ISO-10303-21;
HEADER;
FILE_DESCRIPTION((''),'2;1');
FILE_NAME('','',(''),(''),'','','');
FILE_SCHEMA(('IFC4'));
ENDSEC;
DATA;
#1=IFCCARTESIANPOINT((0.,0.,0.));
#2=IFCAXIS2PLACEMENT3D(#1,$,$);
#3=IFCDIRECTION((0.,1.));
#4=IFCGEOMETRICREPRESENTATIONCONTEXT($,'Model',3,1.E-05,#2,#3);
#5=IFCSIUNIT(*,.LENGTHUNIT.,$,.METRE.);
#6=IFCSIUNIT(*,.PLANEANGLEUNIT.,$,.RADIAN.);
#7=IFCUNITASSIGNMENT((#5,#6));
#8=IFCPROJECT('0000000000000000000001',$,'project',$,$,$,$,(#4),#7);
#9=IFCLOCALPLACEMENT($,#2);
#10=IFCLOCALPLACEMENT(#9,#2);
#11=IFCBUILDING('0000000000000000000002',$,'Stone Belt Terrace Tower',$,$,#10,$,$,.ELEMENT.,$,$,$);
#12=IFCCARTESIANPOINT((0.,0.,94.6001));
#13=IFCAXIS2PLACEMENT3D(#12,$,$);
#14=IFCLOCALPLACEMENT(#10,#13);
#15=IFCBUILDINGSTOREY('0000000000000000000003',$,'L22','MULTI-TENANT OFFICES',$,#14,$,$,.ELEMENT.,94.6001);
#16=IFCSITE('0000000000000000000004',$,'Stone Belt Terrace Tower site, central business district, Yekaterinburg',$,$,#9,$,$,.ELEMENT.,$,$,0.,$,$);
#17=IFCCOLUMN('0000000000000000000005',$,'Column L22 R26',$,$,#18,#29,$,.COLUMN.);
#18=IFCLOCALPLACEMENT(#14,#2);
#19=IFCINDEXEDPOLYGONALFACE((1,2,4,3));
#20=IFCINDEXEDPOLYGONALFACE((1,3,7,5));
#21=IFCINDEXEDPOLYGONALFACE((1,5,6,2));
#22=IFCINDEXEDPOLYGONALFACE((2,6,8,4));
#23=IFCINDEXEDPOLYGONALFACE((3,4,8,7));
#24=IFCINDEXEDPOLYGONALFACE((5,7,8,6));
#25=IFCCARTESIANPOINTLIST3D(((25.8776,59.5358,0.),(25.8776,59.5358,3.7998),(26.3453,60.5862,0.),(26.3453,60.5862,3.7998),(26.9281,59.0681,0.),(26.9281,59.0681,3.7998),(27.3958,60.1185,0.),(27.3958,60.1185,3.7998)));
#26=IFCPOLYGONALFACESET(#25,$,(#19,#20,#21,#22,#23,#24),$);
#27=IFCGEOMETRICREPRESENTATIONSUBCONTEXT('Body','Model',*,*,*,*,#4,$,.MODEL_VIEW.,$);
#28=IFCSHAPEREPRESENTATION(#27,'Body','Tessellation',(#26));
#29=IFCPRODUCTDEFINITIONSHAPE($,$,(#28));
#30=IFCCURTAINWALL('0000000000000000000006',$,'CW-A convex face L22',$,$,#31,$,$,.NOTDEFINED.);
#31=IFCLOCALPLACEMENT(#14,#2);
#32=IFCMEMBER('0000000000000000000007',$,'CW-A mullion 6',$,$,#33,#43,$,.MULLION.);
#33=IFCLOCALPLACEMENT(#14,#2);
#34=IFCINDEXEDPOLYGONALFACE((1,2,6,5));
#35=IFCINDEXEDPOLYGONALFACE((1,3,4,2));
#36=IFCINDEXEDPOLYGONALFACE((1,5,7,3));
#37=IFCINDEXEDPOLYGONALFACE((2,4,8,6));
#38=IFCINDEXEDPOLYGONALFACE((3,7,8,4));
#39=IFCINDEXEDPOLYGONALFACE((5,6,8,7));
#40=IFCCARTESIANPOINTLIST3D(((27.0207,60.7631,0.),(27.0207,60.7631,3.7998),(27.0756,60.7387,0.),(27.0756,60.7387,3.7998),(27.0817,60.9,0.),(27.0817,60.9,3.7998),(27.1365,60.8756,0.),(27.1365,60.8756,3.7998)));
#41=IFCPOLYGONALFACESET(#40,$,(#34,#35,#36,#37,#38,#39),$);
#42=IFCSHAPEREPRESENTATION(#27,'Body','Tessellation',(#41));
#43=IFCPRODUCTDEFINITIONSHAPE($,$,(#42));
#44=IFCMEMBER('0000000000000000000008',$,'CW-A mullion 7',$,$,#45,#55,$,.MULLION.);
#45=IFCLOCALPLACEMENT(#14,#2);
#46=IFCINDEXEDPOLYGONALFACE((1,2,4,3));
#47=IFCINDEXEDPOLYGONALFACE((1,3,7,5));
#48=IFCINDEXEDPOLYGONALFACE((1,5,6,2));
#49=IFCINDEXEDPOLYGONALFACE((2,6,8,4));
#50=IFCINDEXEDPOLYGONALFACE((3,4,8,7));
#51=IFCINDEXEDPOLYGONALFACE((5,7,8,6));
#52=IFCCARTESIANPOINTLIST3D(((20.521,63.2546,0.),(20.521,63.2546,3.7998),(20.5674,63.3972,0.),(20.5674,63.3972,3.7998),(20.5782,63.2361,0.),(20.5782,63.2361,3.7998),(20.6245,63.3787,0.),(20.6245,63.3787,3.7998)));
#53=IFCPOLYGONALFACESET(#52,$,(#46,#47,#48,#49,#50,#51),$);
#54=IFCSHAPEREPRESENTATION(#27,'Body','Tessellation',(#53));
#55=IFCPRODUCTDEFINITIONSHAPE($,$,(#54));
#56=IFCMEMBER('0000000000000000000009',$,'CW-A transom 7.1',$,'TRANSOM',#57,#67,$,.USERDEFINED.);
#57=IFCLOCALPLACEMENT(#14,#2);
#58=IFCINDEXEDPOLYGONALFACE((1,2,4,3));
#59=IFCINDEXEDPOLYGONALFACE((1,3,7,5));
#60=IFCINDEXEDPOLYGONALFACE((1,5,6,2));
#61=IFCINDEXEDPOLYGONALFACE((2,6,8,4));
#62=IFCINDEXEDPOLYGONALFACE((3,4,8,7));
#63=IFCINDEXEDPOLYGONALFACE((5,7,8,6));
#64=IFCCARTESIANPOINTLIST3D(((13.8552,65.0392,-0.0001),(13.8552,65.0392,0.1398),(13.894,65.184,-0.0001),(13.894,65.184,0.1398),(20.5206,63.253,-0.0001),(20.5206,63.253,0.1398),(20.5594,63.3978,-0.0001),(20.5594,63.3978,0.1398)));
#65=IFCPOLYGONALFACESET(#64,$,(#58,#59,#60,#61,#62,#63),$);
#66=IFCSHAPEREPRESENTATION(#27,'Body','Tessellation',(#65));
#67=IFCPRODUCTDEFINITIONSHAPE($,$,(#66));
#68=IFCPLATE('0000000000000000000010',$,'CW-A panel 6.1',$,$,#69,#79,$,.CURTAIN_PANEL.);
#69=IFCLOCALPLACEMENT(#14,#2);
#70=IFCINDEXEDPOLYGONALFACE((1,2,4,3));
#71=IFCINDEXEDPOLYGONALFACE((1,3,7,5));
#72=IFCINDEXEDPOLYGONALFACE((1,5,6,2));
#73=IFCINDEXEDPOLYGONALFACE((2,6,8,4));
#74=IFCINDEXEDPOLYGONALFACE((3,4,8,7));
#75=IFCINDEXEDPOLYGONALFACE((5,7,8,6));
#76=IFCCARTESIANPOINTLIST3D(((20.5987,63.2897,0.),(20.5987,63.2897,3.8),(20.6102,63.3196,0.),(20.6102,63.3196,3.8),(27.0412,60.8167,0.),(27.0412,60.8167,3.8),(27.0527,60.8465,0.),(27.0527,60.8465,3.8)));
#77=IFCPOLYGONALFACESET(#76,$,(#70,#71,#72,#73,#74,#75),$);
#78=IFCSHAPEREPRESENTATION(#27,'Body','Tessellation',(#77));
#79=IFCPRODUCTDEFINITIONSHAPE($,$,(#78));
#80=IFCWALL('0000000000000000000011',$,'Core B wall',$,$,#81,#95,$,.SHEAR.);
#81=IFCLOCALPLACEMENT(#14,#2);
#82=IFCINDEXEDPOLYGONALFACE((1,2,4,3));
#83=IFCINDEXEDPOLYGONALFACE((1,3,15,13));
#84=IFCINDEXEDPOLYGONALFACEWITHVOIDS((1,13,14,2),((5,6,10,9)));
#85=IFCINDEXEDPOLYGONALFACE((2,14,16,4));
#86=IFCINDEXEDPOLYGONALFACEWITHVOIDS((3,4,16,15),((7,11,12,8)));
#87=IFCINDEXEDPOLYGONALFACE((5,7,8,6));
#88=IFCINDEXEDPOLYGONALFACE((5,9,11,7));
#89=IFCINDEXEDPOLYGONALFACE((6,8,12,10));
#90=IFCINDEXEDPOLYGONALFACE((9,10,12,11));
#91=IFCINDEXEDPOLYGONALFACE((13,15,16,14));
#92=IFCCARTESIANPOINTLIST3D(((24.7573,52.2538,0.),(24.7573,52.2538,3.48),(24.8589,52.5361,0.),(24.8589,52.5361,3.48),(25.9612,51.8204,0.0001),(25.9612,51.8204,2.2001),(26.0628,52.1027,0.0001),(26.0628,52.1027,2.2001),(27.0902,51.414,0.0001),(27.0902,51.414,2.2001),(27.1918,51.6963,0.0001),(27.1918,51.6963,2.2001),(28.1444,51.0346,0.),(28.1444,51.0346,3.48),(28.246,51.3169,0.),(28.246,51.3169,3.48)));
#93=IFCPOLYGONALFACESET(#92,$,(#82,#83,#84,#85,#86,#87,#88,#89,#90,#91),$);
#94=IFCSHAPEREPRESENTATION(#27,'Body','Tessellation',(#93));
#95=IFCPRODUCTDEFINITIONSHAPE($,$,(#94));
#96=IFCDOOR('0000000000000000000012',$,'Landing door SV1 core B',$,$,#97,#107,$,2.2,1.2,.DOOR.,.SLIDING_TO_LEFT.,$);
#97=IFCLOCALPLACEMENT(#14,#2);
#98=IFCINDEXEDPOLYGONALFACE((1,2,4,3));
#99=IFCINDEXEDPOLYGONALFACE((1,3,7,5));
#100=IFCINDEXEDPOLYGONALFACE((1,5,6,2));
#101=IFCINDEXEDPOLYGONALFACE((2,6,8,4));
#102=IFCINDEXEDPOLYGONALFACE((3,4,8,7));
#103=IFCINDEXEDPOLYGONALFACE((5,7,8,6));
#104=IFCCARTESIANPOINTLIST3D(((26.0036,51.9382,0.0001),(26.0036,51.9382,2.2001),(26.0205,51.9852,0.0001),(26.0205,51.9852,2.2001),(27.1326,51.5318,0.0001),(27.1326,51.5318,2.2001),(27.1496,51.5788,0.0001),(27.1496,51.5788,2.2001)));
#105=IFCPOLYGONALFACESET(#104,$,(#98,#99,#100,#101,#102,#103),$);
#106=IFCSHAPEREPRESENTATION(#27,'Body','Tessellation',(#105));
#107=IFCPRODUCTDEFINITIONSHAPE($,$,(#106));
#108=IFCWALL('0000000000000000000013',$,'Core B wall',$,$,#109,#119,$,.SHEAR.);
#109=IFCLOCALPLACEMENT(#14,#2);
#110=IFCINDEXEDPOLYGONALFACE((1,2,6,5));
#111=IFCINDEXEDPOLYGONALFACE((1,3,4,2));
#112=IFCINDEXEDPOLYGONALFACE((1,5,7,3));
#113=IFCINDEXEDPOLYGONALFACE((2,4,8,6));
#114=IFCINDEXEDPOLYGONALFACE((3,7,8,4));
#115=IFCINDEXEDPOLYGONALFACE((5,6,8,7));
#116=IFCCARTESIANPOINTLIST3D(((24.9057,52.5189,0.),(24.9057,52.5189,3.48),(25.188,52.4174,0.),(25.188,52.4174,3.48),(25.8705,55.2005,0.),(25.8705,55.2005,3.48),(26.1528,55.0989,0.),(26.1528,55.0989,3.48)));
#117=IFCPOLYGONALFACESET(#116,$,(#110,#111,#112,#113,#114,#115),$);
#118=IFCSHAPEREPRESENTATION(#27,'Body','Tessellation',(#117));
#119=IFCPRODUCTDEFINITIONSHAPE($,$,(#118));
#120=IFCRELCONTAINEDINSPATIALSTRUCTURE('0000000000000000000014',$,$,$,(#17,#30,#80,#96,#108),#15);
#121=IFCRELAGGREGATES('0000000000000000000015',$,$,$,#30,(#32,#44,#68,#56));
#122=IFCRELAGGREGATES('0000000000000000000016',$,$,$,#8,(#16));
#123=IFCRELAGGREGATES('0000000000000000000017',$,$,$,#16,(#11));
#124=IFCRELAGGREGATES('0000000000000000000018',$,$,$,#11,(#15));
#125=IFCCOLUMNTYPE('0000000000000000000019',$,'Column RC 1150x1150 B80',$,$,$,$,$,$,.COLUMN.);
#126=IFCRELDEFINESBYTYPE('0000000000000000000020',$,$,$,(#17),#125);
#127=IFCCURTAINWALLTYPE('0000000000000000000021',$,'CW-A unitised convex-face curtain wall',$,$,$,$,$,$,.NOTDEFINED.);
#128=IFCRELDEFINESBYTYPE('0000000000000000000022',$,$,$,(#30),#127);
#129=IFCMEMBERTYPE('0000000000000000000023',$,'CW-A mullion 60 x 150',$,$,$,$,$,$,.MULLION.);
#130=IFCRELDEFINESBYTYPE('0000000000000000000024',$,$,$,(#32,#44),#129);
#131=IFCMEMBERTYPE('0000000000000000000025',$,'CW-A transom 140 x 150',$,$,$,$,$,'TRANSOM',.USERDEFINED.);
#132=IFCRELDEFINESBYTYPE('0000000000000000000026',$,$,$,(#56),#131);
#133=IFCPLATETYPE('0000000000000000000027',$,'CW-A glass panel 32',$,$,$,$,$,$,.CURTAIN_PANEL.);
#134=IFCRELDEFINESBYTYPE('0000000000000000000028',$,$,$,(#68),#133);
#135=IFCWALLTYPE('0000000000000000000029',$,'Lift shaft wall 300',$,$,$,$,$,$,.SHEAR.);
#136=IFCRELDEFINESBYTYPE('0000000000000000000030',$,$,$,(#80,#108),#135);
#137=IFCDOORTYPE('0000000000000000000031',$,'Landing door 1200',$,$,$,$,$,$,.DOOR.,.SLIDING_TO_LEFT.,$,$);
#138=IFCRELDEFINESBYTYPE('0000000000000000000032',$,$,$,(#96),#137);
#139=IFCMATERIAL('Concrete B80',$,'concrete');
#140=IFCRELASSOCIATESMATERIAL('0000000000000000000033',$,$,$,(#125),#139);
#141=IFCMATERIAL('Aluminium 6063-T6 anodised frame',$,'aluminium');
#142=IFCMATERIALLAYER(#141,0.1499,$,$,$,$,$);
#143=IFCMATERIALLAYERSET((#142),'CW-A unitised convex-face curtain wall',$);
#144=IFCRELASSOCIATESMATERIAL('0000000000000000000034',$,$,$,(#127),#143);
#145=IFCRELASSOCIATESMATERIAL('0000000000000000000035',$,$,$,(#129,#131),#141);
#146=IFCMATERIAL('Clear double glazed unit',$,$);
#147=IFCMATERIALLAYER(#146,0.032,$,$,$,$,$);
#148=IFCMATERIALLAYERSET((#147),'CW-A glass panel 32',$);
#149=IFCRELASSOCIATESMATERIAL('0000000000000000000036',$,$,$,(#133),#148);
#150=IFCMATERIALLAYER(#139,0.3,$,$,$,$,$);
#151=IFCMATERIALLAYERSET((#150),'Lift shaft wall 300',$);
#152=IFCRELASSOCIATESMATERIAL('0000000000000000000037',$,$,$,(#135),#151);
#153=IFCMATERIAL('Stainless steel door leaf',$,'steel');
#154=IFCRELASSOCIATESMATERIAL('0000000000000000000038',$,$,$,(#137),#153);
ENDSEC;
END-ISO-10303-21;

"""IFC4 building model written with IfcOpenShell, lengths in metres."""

from ifc_helpers import new_model, si_unit, direction, frame, frame_2d, origin, origin_2d, place, context, subcontext, project, spatial, rectangle, extrude, material, layer, layer_set, material_profile, profile_set, type_object, element, fill, aggregate, save


model = new_model("IFC4")

# Units and contexts
model_context = context("Model", 3, precision=1e-05, world=origin(), true_north=direction((0.0, 1.0)))
body_context = subcontext(model_context, "Body", "Model", "MODEL_VIEW")
ifc_project = project(units=[si_unit("LENGTHUNIT", "METRE"), si_unit("PLANEANGLEUNIT", "RADIAN")], contexts=[model_context])

# Site, building, storey
site_placement = place(None, origin())
site = spatial("IfcSite", under=ifc_project, at=site_placement, Name="Stone Belt Terrace Tower site, central business district, Yekaterinburg", CompositionType="ELEMENT", RefElevation=0.0)
building_placement = place(site_placement, origin())
building = spatial("IfcBuilding", under=site, at=building_placement, Name="Stone Belt Terrace Tower", CompositionType="ELEMENT")
storey_placement = place(building_placement, frame((0.0, 0.0, 94.6001)))
storey = spatial("IfcBuildingStorey", under=building, at=storey_placement, Name="L22", Description="MULTI-TENANT OFFICES", CompositionType="ELEMENT", Elevation=94.6001)

# Column
ifc_material_1 = material(Name="Concrete B80", Category="concrete")
ifc_material_profile_1 = material_profile(ifc_material_1, rectangle(XDim=1.1499, YDim=1.1499, at=origin_2d()), Name="RC 1150x1150")
ifc_profile_set_1 = profile_set([ifc_material_profile_1], Name="Concrete B80")
column_type = type_object("IfcColumnType", Name="Column RC 1150x1150 B80", PredefinedType="COLUMN", material=ifc_profile_set_1)
column_placement = place(storey_placement, frame((26.6367, 59.8271, 0.0), z_axis=(0.0, 0.0, 1.0), x_axis=(0.913545, -0.406737, 0.0)))
element("IfcColumn", 1, at=column_placement, inside=storey, type_object=column_type, Name="Column L22 R26", PredefinedType="COLUMN", context=body_context, shape_type="SweptSolid", body=[
    extrude(rectangle(XDim=1.1499, YDim=1.1499, at=origin_2d()), origin(), (0.0, 0.0, 1.0), 3.7998),
])

# Curtain wall, members, plate
ifc_material_2 = material(Name="Aluminium 6063-T6 anodised frame", Category="aluminium")
ifc_layer_1 = layer(ifc_material_2, 0.1499)
ifc_layer_set_1 = layer_set([ifc_layer_1], Name="CW-A unitised convex-face curtain wall")
curtain_wall_type = type_object("IfcCurtainWallType", Name="CW-A unitised convex-face curtain wall", PredefinedType="NOTDEFINED", material=ifc_layer_set_1)
curtain_wall_placement = place(storey_placement, origin())
curtain_wall = element("IfcCurtainWall", 2, at=curtain_wall_placement, inside=storey, type_object=curtain_wall_type, Name="CW-A convex face L22", PredefinedType="NOTDEFINED")
ifc_material_profile_2 = material_profile(ifc_material_2, rectangle(XDim=0.1499, YDim=0.0601, at=origin_2d()), Name="Aluminium 6063-T6 60x150")
ifc_profile_set_2 = profile_set([ifc_material_profile_2], Name="Aluminium 6063-T6 anodised frame")
member_type_1 = type_object("IfcMemberType", Name="CW-A mullion 60 x 150", PredefinedType="MULLION", material=ifc_profile_set_2)
member_1_placement = place(storey_placement, frame((27.0786, 60.8193, 0.0), z_axis=(0.0, 0.0, 1.0), x_axis=(-0.406737, -0.913545, 0.0)))
member_1 = element("IfcMember", 3, at=member_1_placement, type_object=member_type_1, Name="CW-A mullion 6", PredefinedType="MULLION", context=body_context, shape_type="SweptSolid", body=[
    extrude(rectangle(XDim=0.1499, YDim=0.0601, at=origin_2d()), origin(), (0.0, 0.0, 1.0), 3.7998),
])
member_2_placement = place(storey_placement, frame((20.5728, 63.3167, 0.0), z_axis=(0.0, 0.0, 1.0), x_axis=(-0.309017, -0.951057, 0.0)))
member_2 = element("IfcMember", 4, at=member_2_placement, type_object=member_type_1, Name="CW-A mullion 7", PredefinedType="MULLION", context=body_context, shape_type="SweptSolid", body=[
    extrude(rectangle(XDim=0.1499, YDim=0.0601, at=origin_2d()), origin(), (0.0, 0.0, 1.0), 3.7998),
])
ifc_material_profile_3 = material_profile(ifc_material_2, rectangle(XDim=0.1499, YDim=0.1399, at=origin_2d()), Name="Aluminium 6063-T6 150x140")
ifc_profile_set_3 = profile_set([ifc_material_profile_3], Name="Aluminium 6063-T6 anodised frame")
member_type_2 = type_object("IfcMemberType", Name="CW-A transom 140 x 150", ElementType="TRANSOM", PredefinedType="USERDEFINED", material=ifc_profile_set_3)
member_3_placement = place(storey_placement, frame((20.54, 63.3254, 0.0698), z_axis=(-0.965922, 0.258834, 0.0), x_axis=(-0.258834, -0.965922, 0.0)))
member_3 = element("IfcMember", 5, at=member_3_placement, type_object=member_type_2, Name="CW-A transom 7.1", ObjectType="TRANSOM", PredefinedType="USERDEFINED", context=body_context, shape_type="SweptSolid", body=[
    extrude(rectangle(XDim=0.1499, YDim=0.1399, at=origin_2d()), origin(), (0.0, 0.0, 1.0), 6.9006),
])
ifc_material_3 = material(Name="Clear double glazed unit")
ifc_layer_2 = layer(ifc_material_3, 0.032)
ifc_layer_set_2 = layer_set([ifc_layer_2], Name="CW-A glass panel 32")
plate_type = type_object("IfcPlateType", Name="CW-A glass panel 32", PredefinedType="CURTAIN_PANEL", material=ifc_layer_set_2)
plate_placement = place(storey_placement, frame((23.8257, 62.0681, 0.0), z_axis=(0.0, 0.0, 1.0), x_axis=(-0.93358, 0.358368, 0.0)))
plate = element("IfcPlate", 6, at=plate_placement, type_object=plate_type, Name="CW-A panel 6.1", PredefinedType="CURTAIN_PANEL", context=body_context, shape_type="SweptSolid", body=[
    extrude(rectangle(XDim=6.9009, YDim=0.032, at=origin_2d()), origin(), (0.0, 0.0, 1.0), 3.8),
])
aggregate(curtain_wall, [member_1, member_2, plate, member_3])

# Wall, opening, door
ifc_layer_3 = layer(ifc_material_1, 0.3)
ifc_layer_set_3 = layer_set([ifc_layer_3], Name="Lift shaft wall 300")
wall_type_1 = type_object("IfcWallType", Name="Lift shaft wall 300", PredefinedType="SHEAR", material=ifc_layer_set_3)
wall_1_placement = place(storey_placement, frame((28.1951, 51.1758, 0.0), z_axis=(0.0, 0.0, 1.0), x_axis=(-0.940901, 0.338681, 0.0)))
wall_1 = element("IfcWall", 7, at=wall_1_placement, inside=storey, type_object=wall_type_1, Name="Core B wall", PredefinedType="SHEAR", context=body_context, shape_type="SweptSolid", body=[
    extrude(rectangle(XDim=3.5999, YDim=0.3, at=frame_2d((1.7998, 0.0))), origin(), (0.0, 0.0, 1.0), 3.48),
])
opening_1_placement = place(wall_1_placement, frame((1.1201, 0.0, 0.0)))
opening_1 = element("IfcOpeningElement", 8, at=opening_1_placement, cuts=wall_1, PredefinedType="OPENING", context=body_context, shape_type="SweptSolid", body=[
    extrude(rectangle(XDim=1.2, YDim=2.2, at=frame_2d((0.6001, 1.1001))), frame((0.0, 0.1599, 0.0), z_axis=(0.0, -1.0, 0.0), x_axis=(1.0, 0.0, 0.0)), (0.0, 0.0, 1.0), 0.3201),
])
ifc_material_4 = material(Name="Stainless steel door leaf", Category="steel")
door_type_1 = type_object("IfcDoorType", Name="Landing door 1200", OperationType="SLIDING_TO_LEFT", PredefinedType="DOOR", material=ifc_material_4)
door_1_placement = place(opening_1_placement, origin())
door_1 = element("IfcDoor", 9, at=door_1_placement, inside=storey, type_object=door_type_1, Name="Landing door SV1 core B", OperationType="SLIDING_TO_LEFT", OverallHeight=2.2, OverallWidth=1.2, PredefinedType="DOOR", context=body_context, shape_type="SweptSolid", body=[
    extrude(rectangle(XDim=1.2, YDim=2.2, at=frame_2d((0.6001, 1.1001))), frame((0.0, 0.0249, 0.0), z_axis=(0.0, -1.0, 0.0), x_axis=(1.0, 0.0, 0.0)), (0.0, 0.0, 1.0), 0.05),
])
fill(opening_1, door_1)

# Wall
wall_2_placement = place(storey_placement, frame((25.0469, 52.4683, 0.0), z_axis=(0.0, 0.0, 1.0), x_axis=(0.33855, 0.940949, 0.0)))
element("IfcWall", 10, at=wall_2_placement, inside=storey, type_object=wall_type_1, Name="Core B wall", PredefinedType="SHEAR", context=body_context, shape_type="SweptSolid", body=[
    extrude(rectangle(XDim=2.8499, YDim=0.3, at=frame_2d((1.4248, 0.0))), origin(), (0.0, 0.0, 1.0), 3.48),
])

save(model, "model.ifc")
